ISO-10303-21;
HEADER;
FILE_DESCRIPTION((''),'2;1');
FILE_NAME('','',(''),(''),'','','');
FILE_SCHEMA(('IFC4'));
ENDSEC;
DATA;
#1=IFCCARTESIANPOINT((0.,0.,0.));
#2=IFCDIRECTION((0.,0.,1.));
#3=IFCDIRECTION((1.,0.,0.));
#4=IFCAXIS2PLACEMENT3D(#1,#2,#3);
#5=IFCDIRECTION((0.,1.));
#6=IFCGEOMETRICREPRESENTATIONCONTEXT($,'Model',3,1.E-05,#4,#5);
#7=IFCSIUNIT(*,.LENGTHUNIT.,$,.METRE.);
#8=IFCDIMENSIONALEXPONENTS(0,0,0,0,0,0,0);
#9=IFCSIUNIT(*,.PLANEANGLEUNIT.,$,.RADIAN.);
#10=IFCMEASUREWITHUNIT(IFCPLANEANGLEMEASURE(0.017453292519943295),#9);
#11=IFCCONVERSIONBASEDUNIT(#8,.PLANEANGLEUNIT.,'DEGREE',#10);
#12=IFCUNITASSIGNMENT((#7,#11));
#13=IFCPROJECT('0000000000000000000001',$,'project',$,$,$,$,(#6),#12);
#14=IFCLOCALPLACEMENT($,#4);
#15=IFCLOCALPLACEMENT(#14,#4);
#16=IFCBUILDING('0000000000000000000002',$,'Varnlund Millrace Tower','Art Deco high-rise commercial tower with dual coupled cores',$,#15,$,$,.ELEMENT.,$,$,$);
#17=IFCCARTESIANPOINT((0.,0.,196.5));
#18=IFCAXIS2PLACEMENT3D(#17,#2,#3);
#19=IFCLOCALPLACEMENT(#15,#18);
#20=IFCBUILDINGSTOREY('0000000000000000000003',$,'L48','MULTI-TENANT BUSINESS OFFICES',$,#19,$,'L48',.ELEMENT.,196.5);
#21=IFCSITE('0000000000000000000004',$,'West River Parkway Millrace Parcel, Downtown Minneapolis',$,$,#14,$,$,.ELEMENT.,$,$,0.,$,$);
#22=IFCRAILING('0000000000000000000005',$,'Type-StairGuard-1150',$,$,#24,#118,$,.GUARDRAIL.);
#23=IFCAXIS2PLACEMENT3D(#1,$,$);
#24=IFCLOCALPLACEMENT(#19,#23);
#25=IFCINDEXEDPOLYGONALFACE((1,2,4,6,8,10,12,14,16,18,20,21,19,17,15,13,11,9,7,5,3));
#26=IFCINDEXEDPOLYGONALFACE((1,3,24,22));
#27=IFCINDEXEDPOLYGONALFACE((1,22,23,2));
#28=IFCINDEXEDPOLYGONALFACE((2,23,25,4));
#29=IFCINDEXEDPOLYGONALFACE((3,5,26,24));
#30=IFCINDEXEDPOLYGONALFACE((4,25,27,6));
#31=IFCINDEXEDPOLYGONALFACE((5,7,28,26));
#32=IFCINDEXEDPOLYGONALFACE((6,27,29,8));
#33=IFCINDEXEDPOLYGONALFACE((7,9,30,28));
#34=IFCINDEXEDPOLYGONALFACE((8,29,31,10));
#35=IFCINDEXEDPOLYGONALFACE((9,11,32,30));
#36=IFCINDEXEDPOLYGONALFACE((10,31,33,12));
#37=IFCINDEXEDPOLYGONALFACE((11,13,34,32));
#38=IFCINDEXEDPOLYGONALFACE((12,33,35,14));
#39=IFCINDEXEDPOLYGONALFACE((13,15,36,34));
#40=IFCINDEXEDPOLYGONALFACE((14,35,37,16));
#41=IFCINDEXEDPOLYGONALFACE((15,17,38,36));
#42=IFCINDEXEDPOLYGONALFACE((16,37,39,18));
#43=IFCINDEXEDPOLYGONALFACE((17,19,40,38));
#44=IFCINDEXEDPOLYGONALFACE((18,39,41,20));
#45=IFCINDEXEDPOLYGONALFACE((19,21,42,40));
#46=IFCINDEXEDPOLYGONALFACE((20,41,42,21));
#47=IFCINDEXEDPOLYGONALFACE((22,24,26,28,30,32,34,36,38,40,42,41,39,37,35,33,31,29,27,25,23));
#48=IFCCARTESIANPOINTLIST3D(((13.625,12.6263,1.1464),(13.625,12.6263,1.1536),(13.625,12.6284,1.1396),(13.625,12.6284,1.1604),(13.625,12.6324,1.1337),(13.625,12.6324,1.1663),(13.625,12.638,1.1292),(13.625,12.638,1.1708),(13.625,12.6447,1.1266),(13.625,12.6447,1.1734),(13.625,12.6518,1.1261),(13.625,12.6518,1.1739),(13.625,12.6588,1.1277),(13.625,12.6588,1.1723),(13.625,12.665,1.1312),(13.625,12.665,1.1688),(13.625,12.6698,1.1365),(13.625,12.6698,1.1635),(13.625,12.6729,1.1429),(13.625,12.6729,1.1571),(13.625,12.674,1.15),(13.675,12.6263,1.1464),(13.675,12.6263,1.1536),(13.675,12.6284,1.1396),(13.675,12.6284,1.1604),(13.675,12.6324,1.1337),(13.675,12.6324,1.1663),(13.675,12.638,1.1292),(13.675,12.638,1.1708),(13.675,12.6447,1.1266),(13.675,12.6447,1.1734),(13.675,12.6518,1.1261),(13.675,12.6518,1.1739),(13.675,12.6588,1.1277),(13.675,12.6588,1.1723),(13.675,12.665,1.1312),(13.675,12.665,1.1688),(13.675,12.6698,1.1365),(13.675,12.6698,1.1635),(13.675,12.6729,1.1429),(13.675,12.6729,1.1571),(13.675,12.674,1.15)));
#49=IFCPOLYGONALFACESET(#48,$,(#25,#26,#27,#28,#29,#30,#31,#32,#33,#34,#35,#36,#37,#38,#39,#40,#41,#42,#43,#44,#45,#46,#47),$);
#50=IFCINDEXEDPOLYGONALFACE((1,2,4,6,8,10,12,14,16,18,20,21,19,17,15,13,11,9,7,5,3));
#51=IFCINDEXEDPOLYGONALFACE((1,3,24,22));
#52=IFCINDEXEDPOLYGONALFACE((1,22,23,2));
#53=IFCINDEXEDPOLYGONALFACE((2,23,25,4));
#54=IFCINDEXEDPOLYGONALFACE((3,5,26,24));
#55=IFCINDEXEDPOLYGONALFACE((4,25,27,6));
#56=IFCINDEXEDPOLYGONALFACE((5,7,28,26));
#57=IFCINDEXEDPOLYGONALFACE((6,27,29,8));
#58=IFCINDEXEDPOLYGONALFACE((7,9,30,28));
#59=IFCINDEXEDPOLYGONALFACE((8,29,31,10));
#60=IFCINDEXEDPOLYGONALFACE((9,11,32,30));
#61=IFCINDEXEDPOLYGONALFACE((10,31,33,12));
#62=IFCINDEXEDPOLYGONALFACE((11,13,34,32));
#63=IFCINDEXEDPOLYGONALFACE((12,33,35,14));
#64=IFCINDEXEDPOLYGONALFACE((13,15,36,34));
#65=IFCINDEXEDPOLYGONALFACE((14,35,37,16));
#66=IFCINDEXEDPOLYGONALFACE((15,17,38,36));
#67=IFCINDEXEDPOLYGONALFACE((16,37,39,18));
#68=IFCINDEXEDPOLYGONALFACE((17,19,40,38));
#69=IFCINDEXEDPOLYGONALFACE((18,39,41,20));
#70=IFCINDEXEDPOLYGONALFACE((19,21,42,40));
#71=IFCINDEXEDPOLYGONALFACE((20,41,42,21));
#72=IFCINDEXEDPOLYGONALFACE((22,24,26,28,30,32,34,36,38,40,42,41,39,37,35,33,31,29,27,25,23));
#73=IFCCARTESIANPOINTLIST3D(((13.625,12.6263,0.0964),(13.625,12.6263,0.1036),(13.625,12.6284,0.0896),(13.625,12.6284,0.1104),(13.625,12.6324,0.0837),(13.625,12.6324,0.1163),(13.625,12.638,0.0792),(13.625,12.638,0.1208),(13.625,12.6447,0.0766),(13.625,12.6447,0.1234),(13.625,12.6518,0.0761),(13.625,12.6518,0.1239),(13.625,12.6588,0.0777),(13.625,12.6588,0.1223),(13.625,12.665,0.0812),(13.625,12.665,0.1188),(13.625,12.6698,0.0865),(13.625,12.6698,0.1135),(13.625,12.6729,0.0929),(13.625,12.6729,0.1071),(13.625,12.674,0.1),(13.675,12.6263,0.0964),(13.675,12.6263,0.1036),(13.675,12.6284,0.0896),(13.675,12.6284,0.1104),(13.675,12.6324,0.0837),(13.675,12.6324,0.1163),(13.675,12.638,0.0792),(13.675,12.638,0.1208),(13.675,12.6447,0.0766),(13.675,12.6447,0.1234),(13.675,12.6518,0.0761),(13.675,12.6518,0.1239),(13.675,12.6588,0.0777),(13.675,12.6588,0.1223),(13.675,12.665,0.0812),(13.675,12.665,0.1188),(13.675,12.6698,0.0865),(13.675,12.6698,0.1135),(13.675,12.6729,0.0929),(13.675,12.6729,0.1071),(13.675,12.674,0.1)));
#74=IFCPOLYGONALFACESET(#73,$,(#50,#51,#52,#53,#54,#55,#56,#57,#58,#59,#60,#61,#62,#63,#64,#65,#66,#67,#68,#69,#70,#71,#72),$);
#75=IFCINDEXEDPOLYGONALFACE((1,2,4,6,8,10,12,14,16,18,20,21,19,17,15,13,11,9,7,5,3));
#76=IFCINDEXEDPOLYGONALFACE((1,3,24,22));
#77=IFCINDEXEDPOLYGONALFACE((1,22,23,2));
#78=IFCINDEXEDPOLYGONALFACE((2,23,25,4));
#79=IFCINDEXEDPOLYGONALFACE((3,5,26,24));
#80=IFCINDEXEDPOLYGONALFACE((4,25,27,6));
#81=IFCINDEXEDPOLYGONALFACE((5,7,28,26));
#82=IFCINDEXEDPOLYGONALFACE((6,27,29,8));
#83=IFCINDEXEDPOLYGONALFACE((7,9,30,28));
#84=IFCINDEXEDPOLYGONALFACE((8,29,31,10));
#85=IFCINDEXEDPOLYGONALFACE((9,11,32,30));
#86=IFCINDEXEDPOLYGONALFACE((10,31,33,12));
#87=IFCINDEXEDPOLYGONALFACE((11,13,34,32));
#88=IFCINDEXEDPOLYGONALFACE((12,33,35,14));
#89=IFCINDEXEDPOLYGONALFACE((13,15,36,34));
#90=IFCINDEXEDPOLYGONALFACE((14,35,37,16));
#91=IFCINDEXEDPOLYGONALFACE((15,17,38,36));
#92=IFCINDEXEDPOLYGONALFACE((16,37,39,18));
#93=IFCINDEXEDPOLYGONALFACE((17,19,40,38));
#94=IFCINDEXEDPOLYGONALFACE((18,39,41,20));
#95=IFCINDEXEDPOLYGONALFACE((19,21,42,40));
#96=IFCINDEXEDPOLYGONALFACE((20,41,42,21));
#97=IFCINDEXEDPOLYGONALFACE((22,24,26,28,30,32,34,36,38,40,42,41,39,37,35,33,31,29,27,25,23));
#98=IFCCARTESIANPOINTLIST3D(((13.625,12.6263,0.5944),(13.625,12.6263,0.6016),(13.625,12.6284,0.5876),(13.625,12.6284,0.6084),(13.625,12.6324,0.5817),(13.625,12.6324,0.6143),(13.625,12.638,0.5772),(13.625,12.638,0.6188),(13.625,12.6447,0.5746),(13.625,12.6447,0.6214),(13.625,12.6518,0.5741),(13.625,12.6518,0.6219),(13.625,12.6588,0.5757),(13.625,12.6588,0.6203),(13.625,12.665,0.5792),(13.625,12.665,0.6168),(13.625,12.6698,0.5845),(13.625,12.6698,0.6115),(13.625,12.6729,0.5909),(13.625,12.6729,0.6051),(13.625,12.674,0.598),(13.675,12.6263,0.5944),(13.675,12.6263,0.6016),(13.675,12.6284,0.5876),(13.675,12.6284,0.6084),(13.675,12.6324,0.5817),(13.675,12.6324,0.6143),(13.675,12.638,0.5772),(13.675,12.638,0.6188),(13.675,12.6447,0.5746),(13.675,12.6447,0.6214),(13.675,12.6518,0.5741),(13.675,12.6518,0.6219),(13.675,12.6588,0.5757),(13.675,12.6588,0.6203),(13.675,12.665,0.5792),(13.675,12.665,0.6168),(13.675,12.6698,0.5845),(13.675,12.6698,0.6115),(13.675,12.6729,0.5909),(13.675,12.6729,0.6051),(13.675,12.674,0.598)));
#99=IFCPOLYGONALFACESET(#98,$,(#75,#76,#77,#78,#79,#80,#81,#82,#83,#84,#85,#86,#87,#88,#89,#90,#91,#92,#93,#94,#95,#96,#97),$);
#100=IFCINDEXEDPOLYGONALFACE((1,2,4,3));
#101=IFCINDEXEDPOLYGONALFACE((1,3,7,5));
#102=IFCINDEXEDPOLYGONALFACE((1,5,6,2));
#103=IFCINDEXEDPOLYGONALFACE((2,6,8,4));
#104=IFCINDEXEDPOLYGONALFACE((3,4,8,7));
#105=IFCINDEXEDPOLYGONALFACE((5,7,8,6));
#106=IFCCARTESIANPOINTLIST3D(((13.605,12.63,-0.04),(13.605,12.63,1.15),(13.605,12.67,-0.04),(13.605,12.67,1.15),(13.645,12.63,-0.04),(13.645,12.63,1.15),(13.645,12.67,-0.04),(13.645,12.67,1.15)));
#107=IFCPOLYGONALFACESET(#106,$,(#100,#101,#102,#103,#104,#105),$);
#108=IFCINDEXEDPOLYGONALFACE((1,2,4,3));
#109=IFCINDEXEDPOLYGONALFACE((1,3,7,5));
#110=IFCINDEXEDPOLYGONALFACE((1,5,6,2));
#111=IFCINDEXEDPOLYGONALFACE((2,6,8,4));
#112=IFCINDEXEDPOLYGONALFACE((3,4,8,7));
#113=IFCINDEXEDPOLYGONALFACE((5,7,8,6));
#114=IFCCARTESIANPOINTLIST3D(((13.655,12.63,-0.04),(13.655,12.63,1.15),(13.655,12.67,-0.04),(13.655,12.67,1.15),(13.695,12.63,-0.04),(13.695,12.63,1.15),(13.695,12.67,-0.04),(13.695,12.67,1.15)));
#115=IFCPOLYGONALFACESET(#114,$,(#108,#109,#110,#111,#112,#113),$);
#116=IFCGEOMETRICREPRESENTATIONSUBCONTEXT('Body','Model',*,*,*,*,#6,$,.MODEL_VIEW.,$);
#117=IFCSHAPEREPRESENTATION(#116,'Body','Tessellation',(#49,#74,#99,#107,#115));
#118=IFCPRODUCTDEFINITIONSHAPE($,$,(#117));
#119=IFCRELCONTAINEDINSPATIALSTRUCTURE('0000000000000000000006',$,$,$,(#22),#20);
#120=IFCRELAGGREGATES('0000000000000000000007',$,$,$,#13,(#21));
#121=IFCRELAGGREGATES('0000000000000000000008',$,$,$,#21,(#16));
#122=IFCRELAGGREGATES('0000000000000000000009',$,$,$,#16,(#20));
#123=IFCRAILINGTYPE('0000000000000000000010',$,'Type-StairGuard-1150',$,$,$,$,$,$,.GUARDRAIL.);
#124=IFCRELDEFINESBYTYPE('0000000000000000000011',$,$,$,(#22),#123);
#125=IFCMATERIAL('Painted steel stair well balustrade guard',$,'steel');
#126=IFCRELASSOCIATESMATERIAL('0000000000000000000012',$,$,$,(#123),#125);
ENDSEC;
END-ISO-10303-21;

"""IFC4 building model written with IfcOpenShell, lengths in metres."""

from ifc_helpers import new_model, entity, si_unit, converted_unit, direction, frame, origin_with_axes, origin_2d_with_axis, place, context, subcontext, project, spatial, rectangle, circle, extrude, material, type_object, element, save


model = new_model("IFC4")

# Units and contexts
model_context = context("Model", 3, precision=1e-05, world=origin_with_axes(), true_north=direction((0.0, 1.0)))
body_context = subcontext(model_context, "Body", "Model", "MODEL_VIEW")
ifc_project = project(units=[si_unit("LENGTHUNIT", "METRE"), converted_unit("PLANEANGLEUNIT", "DEGREE", entity("IfcPlaneAngleMeasure", 0.017453292519943295), si_unit("PLANEANGLEUNIT", "RADIAN"), dimensions=[0, 0, 0, 0, 0, 0, 0])], contexts=[model_context])

# Site, building, storey
site_placement = place(None, origin_with_axes())
site = spatial("IfcSite", under=ifc_project, at=site_placement, Name="West River Parkway Millrace Parcel, Downtown Minneapolis", CompositionType="ELEMENT", RefElevation=0.0)
building_placement = place(site_placement, origin_with_axes())
building = spatial("IfcBuilding", under=site, at=building_placement, Name="Varnlund Millrace Tower", Description="Art Deco high-rise commercial tower with dual coupled cores", CompositionType="ELEMENT")
storey_placement = place(building_placement, frame((0.0, 0.0, 196.5), z_axis=(0.0, 0.0, 1.0), x_axis=(1.0, 0.0, 0.0)))
storey = spatial("IfcBuildingStorey", under=building, at=storey_placement, Name="L48", Description="MULTI-TENANT BUSINESS OFFICES", LongName="L48", CompositionType="ELEMENT", Elevation=196.5)

# Railing
ifc_material_1 = material(Name="Painted steel stair well balustrade guard", Category="steel")
railing_type_1 = type_object("IfcRailingType", Name="Type-StairGuard-1150", PredefinedType="GUARDRAIL", material=ifc_material_1)
railing_1_placement = place(storey_placement, frame((0.0, 0.0, -196.5), z_axis=(0.0, 0.0, 1.0), x_axis=(1.0, 0.0, 0.0)))
element("IfcRailing", 1, at=railing_1_placement, inside=storey, type_object=railing_type_1, Name="Type-StairGuard-1150", PredefinedType="GUARDRAIL", context=body_context, shape_type="SweptSolid", body=[
    extrude(circle(Radius=0.024, at=origin_2d_with_axis()), frame((13.625, 12.65, 197.65), z_axis=(1.0, 0.0, 0.0), x_axis=(0.0, 1.0, 0.0)), (0.0, 0.0, 1.0), 0.05),
    extrude(circle(Radius=0.024, at=origin_2d_with_axis()), frame((13.625, 12.65, 196.6), z_axis=(1.0, 0.0, 0.0), x_axis=(0.0, 1.0, 0.0)), (0.0, 0.0, 1.0), 0.05),
    extrude(circle(Radius=0.024, at=origin_2d_with_axis()), frame((13.625, 12.65, 197.098), z_axis=(1.0, 0.0, 0.0), x_axis=(0.0, 1.0, 0.0)), (0.0, 0.0, 1.0), 0.05),
    extrude(rectangle(XDim=0.04, YDim=0.04, at=origin_2d_with_axis()), frame((13.625, 12.65, 196.46), z_axis=(0.0, 0.0, 1.0), x_axis=(1.0, 0.0, 0.0)), (0.0, 0.0, 1.0), 1.19),
    extrude(rectangle(XDim=0.04, YDim=0.04, at=origin_2d_with_axis()), frame((13.675, 12.65, 196.46), z_axis=(0.0, 0.0, 1.0), x_axis=(1.0, 0.0, 0.0)), (0.0, 0.0, 1.0), 1.19),
])

save(model, "model.ifc")
